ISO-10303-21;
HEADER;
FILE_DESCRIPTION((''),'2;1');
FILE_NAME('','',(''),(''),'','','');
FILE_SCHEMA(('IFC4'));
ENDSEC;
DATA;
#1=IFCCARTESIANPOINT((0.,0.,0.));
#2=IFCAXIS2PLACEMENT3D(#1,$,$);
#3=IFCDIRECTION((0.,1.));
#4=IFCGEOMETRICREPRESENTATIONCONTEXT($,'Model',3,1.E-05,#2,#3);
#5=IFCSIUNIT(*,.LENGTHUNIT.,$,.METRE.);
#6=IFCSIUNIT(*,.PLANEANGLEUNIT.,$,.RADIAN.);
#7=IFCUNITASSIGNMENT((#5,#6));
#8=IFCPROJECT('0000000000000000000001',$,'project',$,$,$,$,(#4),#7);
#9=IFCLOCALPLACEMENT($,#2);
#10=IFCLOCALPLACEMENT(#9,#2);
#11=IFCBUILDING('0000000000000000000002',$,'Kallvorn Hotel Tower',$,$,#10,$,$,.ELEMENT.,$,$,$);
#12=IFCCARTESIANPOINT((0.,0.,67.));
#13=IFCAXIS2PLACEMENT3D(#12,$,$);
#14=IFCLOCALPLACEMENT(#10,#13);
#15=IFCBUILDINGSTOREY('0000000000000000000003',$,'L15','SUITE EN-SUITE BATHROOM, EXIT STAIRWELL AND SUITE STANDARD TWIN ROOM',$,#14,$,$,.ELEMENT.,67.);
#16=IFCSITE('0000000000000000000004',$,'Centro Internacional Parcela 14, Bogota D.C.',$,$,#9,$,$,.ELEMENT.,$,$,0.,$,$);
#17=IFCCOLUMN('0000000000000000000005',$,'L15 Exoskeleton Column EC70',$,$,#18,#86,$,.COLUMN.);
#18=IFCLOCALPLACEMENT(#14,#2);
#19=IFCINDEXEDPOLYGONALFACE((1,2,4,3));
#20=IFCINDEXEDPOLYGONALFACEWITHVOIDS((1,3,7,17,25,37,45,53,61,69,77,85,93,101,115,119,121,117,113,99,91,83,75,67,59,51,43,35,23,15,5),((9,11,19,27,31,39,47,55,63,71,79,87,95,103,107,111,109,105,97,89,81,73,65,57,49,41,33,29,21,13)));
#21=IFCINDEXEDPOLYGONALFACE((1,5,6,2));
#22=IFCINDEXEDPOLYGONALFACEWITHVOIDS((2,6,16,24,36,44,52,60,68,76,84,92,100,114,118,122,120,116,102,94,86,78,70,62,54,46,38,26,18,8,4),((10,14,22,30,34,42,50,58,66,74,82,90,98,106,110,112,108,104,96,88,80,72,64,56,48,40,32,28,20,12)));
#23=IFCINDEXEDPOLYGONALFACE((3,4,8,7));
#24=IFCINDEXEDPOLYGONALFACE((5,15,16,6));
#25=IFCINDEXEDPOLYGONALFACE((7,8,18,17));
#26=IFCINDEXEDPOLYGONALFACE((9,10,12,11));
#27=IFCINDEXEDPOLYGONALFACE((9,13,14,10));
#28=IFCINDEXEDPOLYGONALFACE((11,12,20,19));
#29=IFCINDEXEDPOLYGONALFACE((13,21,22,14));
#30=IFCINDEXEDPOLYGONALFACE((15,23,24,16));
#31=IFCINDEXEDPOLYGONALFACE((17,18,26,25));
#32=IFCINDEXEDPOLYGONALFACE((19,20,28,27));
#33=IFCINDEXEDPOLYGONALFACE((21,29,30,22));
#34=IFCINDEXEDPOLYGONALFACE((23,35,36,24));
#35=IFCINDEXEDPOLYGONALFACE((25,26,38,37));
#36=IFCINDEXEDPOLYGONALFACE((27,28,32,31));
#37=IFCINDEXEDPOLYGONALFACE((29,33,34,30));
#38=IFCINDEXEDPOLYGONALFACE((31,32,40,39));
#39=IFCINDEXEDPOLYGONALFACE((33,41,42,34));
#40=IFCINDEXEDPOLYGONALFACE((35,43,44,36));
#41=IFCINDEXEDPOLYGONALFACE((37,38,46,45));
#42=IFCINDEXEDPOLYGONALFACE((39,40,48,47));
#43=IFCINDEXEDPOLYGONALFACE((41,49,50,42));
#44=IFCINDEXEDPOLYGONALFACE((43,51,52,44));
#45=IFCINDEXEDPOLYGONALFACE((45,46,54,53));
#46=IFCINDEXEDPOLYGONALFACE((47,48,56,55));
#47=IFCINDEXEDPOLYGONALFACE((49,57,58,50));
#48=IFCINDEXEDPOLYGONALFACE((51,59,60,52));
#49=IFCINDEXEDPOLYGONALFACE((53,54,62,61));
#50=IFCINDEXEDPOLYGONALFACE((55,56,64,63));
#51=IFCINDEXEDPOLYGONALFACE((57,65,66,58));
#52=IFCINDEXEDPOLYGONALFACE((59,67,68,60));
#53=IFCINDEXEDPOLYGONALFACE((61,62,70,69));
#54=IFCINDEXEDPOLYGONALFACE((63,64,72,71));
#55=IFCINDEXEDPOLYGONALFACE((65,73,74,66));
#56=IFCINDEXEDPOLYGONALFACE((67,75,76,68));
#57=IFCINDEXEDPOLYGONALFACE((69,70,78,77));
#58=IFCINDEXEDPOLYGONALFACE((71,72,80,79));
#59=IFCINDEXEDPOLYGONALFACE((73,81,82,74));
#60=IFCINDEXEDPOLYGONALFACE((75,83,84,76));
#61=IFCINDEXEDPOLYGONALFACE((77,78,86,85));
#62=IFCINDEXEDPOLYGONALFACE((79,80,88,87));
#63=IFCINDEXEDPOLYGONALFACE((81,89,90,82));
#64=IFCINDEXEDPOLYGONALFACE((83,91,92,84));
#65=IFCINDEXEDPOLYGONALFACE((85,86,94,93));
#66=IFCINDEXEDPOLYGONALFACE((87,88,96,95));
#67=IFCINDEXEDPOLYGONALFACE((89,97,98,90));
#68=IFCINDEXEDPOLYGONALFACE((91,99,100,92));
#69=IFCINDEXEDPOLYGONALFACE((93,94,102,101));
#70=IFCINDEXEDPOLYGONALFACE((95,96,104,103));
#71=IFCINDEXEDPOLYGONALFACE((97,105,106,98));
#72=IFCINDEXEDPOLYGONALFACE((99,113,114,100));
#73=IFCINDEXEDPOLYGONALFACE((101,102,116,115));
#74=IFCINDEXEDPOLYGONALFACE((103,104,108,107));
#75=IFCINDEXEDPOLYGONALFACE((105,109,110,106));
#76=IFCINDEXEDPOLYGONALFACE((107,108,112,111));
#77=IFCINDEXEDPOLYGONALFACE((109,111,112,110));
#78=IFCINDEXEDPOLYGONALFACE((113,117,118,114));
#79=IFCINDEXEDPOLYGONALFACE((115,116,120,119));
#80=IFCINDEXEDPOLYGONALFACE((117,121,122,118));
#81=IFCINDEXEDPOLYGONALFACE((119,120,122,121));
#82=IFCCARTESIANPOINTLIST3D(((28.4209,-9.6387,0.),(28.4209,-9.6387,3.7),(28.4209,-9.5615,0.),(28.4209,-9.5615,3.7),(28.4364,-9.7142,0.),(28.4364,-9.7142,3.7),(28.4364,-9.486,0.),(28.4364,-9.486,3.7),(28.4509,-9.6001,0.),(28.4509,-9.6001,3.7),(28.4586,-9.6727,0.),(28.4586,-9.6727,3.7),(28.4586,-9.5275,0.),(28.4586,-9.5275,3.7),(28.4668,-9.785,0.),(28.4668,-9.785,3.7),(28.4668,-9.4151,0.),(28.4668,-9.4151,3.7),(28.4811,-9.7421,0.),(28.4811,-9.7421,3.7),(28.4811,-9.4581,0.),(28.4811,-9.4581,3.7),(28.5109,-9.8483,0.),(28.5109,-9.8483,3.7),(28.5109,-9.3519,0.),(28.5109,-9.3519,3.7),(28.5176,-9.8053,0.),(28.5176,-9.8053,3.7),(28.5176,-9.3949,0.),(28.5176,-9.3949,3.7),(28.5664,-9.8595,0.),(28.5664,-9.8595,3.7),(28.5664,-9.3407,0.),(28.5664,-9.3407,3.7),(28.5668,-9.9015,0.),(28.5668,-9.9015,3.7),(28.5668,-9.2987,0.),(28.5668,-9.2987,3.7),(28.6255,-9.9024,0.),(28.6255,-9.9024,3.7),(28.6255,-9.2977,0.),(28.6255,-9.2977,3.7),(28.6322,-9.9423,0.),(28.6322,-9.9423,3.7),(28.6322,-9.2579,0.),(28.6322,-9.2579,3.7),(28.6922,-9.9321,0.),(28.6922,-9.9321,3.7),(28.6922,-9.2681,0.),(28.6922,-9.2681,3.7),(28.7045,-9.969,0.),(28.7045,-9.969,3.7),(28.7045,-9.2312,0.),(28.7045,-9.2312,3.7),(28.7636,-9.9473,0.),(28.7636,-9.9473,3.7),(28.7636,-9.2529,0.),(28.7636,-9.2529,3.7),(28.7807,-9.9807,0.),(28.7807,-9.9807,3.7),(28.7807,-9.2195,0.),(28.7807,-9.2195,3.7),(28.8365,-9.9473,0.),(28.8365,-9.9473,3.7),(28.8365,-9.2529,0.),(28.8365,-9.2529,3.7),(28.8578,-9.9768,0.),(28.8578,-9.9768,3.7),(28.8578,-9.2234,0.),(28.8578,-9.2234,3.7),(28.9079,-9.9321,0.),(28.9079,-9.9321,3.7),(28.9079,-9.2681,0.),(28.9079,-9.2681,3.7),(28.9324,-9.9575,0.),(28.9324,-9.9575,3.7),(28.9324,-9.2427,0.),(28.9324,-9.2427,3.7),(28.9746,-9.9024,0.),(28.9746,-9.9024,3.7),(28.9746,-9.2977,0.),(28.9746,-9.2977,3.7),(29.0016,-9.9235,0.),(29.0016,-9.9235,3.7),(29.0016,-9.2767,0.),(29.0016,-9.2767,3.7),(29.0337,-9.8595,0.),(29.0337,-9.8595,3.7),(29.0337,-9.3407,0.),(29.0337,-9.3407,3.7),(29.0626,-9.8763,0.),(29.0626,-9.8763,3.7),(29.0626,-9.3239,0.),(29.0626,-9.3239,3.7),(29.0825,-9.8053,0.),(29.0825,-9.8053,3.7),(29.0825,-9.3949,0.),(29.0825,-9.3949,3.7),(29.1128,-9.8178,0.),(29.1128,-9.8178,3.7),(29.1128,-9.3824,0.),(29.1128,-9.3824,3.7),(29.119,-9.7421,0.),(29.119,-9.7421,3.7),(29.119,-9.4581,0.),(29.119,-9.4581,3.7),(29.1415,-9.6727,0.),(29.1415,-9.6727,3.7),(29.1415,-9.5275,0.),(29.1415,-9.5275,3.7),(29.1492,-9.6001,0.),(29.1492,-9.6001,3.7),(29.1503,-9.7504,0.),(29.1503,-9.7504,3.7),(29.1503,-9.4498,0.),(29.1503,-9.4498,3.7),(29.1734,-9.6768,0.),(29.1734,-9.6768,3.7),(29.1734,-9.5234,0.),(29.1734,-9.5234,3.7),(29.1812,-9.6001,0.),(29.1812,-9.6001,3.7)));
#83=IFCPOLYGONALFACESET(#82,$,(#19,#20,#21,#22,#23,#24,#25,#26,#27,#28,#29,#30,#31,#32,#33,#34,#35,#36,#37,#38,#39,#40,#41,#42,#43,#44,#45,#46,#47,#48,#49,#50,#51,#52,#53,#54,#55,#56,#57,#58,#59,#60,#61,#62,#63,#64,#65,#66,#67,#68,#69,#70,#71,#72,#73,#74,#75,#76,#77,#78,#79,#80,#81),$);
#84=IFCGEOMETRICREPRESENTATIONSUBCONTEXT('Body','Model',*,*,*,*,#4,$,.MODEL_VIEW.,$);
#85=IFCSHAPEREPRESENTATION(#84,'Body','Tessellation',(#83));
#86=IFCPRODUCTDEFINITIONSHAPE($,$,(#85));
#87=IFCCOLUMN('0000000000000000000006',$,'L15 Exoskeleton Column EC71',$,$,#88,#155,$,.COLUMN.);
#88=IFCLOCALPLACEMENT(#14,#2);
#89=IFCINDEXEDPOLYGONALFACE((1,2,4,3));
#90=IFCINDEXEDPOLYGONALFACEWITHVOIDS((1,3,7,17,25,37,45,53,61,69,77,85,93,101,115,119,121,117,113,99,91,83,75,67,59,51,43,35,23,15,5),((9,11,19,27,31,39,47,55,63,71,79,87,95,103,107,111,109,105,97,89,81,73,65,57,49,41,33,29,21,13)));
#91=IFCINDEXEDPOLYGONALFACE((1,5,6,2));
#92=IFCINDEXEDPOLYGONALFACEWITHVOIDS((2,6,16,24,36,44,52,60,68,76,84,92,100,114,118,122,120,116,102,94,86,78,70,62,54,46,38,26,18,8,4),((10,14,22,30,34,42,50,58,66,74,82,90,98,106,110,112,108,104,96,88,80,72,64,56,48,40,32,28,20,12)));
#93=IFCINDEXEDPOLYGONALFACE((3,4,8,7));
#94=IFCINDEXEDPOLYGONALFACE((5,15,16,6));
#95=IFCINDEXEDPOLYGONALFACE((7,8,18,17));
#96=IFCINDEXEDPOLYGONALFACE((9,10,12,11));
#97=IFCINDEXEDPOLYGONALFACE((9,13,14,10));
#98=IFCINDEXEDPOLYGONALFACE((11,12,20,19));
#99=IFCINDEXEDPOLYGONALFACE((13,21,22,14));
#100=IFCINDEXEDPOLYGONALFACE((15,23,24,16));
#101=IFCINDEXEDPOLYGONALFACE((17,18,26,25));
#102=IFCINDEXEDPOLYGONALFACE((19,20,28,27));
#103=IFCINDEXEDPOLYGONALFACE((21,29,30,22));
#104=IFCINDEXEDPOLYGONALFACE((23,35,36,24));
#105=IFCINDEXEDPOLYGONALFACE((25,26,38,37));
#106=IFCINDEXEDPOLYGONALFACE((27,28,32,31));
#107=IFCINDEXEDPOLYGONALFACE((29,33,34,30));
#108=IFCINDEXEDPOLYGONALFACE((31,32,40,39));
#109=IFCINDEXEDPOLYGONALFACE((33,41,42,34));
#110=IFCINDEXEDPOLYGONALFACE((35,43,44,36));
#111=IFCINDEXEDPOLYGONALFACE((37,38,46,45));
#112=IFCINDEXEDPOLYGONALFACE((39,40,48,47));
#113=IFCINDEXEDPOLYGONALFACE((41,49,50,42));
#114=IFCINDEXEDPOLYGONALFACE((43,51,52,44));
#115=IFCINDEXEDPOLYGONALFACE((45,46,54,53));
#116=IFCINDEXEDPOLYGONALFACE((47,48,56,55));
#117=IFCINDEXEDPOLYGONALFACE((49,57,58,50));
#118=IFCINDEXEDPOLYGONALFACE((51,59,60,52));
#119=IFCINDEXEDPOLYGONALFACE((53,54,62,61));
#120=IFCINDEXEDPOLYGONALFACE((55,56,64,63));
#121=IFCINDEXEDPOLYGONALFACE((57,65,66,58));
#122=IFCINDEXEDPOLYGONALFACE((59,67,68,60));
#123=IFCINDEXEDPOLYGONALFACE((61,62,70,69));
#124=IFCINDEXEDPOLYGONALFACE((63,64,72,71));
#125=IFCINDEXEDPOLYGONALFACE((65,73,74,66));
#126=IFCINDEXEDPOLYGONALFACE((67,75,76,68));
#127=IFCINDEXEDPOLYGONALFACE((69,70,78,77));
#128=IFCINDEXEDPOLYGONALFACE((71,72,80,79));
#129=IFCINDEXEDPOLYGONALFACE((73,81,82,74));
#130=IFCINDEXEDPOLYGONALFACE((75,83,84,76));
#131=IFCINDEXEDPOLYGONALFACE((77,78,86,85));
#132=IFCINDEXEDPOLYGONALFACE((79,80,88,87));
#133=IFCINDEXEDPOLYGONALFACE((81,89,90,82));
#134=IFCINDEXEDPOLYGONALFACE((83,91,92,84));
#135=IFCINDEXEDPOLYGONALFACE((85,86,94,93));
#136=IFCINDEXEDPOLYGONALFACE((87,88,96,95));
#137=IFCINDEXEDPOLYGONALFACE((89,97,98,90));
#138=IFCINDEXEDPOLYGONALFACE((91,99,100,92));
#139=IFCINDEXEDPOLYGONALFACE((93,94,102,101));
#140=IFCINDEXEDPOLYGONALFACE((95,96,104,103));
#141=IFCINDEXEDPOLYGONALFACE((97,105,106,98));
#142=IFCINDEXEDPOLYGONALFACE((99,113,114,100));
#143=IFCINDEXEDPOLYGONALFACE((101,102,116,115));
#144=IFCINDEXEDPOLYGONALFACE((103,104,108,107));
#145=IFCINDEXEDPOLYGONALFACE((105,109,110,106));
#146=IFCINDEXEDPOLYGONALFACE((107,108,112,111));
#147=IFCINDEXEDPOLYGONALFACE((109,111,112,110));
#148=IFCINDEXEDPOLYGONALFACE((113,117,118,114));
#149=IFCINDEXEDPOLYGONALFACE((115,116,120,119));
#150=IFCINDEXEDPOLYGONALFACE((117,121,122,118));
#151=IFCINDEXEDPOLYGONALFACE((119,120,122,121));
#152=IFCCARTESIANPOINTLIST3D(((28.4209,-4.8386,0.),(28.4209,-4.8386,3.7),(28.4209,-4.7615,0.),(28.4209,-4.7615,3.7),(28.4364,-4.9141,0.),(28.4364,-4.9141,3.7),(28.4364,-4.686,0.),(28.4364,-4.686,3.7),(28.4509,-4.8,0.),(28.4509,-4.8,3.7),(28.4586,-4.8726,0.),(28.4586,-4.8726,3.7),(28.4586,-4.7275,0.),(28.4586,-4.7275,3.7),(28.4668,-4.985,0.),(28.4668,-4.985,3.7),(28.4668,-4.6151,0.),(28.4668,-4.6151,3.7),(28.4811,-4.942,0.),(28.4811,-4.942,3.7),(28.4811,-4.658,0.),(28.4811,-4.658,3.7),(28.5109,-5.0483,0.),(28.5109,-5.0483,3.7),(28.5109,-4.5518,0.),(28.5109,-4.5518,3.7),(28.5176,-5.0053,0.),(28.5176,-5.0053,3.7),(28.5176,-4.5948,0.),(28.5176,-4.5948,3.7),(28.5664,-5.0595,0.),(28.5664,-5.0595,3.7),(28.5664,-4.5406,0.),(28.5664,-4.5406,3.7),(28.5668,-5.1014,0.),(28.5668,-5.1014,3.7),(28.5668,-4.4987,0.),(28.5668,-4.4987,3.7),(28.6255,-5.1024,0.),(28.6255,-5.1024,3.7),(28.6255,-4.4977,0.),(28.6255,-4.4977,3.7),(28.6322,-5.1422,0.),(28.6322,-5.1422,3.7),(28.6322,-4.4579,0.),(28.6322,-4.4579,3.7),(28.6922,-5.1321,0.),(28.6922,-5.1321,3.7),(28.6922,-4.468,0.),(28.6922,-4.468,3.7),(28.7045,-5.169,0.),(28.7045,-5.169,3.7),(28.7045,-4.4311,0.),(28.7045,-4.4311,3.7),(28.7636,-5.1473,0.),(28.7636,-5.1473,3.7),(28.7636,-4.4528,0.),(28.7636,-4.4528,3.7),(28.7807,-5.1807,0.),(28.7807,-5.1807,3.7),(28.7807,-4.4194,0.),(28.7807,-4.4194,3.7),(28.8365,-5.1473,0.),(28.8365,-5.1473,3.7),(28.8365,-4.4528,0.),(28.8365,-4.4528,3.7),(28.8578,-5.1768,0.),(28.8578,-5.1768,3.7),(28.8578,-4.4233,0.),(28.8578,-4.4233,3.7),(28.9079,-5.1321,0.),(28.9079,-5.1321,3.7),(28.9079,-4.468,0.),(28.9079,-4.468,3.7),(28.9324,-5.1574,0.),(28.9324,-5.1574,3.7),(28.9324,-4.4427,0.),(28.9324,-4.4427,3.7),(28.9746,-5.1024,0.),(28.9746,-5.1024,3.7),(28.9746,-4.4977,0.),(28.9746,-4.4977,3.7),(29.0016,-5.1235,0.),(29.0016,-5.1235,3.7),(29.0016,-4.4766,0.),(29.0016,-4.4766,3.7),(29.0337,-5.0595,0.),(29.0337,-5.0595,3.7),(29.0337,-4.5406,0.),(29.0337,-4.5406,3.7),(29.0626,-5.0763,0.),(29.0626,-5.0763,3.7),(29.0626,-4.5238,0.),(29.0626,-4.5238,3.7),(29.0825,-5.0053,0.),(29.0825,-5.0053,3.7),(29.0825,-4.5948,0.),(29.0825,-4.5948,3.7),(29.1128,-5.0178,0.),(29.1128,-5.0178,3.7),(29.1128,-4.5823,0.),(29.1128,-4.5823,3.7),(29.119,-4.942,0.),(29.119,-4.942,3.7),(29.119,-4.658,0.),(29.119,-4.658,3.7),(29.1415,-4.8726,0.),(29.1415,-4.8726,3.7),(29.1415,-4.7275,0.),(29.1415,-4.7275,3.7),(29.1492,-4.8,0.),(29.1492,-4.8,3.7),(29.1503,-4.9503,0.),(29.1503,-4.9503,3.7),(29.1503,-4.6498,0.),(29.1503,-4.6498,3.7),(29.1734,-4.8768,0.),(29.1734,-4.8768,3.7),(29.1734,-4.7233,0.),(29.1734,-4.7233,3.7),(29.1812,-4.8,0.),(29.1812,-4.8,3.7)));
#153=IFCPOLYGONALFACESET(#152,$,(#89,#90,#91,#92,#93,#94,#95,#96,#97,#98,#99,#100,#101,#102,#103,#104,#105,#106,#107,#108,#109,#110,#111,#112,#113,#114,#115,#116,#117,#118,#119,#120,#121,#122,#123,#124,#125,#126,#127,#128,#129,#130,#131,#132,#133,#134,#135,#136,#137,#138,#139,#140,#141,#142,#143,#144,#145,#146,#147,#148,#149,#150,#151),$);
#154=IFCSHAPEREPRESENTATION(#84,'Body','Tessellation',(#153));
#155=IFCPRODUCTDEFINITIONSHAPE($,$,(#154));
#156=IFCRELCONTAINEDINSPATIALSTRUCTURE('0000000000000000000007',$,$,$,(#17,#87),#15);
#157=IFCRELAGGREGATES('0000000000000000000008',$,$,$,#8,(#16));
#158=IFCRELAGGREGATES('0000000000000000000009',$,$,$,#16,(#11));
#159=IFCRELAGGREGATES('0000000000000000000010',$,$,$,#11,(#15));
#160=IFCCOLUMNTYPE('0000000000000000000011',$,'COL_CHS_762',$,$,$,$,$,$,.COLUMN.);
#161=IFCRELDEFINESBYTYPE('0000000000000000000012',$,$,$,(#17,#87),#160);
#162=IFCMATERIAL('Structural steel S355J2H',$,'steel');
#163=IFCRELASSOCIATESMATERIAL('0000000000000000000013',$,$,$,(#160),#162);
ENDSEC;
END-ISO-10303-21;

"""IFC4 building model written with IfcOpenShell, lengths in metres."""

from ifc_helpers import new_model, si_unit, direction, frame, origin, origin_2d, place, context, subcontext, project, spatial, hollow_circle, extrude, material, material_profile, profile_set, type_object, element, save


model = new_model("IFC4")

# Units and contexts
model_context = context("Model", 3, precision=1e-05, world=origin(), true_north=direction((0.0, 1.0)))
body_context = subcontext(model_context, "Body", "Model", "MODEL_VIEW")
ifc_project = project(units=[si_unit("LENGTHUNIT", "METRE"), si_unit("PLANEANGLEUNIT", "RADIAN")], contexts=[model_context])

# Site, building, storey
site_placement = place(None, origin())
site = spatial("IfcSite", under=ifc_project, at=site_placement, Name="Centro Internacional Parcela 14, Bogota D.C.", CompositionType="ELEMENT", RefElevation=0.0)
building_placement = place(site_placement, origin())
building = spatial("IfcBuilding", under=site, at=building_placement, Name="Kallvorn Hotel Tower", CompositionType="ELEMENT")
storey_placement = place(building_placement, frame((0.0, 0.0, 67.0)))
storey = spatial("IfcBuildingStorey", under=building, at=storey_placement, Name="L15", Description="SUITE EN-SUITE BATHROOM, EXIT STAIRWELL AND SUITE STANDARD TWIN ROOM", CompositionType="ELEMENT", Elevation=67.0)

# Columns
ifc_material_1 = material(Name="Structural steel S355J2H", Category="steel")
ifc_material_profile_1 = material_profile(ifc_material_1, hollow_circle(Radius=0.3811, WallThickness=0.032, at=origin_2d()), Name="CHS 762x32")
ifc_profile_set_1 = profile_set([ifc_material_profile_1], Name="Structural steel S355J2H")
column_type_1 = type_object("IfcColumnType", Name="COL_CHS_762", PredefinedType="COLUMN", material=ifc_profile_set_1)
for number, where, z_axis, x_axis, name in (
    (1, (28.8, -9.6001, 0.0), (0.0, 0.0, 1.0), (1.0, 0.0, 0.0), "L15 Exoskeleton Column EC70"),
    (2, (28.8, -4.8, 0.0), (0.0, 0.0, 1.0), (1.0, 0.0, 0.0), "L15 Exoskeleton Column EC71"),
):
    element("IfcColumn", number, at=place(storey_placement, frame(where, z_axis=z_axis, x_axis=x_axis)), inside=storey, type_object=column_type_1, Name=name, PredefinedType="COLUMN", context=body_context, shape_type="SweptSolid", body=[
        extrude(hollow_circle(Radius=0.3811, WallThickness=0.032, at=origin_2d()), origin(), (0.0, 0.0, 1.0), 3.7),
    ])

save(model, "model.ifc")
